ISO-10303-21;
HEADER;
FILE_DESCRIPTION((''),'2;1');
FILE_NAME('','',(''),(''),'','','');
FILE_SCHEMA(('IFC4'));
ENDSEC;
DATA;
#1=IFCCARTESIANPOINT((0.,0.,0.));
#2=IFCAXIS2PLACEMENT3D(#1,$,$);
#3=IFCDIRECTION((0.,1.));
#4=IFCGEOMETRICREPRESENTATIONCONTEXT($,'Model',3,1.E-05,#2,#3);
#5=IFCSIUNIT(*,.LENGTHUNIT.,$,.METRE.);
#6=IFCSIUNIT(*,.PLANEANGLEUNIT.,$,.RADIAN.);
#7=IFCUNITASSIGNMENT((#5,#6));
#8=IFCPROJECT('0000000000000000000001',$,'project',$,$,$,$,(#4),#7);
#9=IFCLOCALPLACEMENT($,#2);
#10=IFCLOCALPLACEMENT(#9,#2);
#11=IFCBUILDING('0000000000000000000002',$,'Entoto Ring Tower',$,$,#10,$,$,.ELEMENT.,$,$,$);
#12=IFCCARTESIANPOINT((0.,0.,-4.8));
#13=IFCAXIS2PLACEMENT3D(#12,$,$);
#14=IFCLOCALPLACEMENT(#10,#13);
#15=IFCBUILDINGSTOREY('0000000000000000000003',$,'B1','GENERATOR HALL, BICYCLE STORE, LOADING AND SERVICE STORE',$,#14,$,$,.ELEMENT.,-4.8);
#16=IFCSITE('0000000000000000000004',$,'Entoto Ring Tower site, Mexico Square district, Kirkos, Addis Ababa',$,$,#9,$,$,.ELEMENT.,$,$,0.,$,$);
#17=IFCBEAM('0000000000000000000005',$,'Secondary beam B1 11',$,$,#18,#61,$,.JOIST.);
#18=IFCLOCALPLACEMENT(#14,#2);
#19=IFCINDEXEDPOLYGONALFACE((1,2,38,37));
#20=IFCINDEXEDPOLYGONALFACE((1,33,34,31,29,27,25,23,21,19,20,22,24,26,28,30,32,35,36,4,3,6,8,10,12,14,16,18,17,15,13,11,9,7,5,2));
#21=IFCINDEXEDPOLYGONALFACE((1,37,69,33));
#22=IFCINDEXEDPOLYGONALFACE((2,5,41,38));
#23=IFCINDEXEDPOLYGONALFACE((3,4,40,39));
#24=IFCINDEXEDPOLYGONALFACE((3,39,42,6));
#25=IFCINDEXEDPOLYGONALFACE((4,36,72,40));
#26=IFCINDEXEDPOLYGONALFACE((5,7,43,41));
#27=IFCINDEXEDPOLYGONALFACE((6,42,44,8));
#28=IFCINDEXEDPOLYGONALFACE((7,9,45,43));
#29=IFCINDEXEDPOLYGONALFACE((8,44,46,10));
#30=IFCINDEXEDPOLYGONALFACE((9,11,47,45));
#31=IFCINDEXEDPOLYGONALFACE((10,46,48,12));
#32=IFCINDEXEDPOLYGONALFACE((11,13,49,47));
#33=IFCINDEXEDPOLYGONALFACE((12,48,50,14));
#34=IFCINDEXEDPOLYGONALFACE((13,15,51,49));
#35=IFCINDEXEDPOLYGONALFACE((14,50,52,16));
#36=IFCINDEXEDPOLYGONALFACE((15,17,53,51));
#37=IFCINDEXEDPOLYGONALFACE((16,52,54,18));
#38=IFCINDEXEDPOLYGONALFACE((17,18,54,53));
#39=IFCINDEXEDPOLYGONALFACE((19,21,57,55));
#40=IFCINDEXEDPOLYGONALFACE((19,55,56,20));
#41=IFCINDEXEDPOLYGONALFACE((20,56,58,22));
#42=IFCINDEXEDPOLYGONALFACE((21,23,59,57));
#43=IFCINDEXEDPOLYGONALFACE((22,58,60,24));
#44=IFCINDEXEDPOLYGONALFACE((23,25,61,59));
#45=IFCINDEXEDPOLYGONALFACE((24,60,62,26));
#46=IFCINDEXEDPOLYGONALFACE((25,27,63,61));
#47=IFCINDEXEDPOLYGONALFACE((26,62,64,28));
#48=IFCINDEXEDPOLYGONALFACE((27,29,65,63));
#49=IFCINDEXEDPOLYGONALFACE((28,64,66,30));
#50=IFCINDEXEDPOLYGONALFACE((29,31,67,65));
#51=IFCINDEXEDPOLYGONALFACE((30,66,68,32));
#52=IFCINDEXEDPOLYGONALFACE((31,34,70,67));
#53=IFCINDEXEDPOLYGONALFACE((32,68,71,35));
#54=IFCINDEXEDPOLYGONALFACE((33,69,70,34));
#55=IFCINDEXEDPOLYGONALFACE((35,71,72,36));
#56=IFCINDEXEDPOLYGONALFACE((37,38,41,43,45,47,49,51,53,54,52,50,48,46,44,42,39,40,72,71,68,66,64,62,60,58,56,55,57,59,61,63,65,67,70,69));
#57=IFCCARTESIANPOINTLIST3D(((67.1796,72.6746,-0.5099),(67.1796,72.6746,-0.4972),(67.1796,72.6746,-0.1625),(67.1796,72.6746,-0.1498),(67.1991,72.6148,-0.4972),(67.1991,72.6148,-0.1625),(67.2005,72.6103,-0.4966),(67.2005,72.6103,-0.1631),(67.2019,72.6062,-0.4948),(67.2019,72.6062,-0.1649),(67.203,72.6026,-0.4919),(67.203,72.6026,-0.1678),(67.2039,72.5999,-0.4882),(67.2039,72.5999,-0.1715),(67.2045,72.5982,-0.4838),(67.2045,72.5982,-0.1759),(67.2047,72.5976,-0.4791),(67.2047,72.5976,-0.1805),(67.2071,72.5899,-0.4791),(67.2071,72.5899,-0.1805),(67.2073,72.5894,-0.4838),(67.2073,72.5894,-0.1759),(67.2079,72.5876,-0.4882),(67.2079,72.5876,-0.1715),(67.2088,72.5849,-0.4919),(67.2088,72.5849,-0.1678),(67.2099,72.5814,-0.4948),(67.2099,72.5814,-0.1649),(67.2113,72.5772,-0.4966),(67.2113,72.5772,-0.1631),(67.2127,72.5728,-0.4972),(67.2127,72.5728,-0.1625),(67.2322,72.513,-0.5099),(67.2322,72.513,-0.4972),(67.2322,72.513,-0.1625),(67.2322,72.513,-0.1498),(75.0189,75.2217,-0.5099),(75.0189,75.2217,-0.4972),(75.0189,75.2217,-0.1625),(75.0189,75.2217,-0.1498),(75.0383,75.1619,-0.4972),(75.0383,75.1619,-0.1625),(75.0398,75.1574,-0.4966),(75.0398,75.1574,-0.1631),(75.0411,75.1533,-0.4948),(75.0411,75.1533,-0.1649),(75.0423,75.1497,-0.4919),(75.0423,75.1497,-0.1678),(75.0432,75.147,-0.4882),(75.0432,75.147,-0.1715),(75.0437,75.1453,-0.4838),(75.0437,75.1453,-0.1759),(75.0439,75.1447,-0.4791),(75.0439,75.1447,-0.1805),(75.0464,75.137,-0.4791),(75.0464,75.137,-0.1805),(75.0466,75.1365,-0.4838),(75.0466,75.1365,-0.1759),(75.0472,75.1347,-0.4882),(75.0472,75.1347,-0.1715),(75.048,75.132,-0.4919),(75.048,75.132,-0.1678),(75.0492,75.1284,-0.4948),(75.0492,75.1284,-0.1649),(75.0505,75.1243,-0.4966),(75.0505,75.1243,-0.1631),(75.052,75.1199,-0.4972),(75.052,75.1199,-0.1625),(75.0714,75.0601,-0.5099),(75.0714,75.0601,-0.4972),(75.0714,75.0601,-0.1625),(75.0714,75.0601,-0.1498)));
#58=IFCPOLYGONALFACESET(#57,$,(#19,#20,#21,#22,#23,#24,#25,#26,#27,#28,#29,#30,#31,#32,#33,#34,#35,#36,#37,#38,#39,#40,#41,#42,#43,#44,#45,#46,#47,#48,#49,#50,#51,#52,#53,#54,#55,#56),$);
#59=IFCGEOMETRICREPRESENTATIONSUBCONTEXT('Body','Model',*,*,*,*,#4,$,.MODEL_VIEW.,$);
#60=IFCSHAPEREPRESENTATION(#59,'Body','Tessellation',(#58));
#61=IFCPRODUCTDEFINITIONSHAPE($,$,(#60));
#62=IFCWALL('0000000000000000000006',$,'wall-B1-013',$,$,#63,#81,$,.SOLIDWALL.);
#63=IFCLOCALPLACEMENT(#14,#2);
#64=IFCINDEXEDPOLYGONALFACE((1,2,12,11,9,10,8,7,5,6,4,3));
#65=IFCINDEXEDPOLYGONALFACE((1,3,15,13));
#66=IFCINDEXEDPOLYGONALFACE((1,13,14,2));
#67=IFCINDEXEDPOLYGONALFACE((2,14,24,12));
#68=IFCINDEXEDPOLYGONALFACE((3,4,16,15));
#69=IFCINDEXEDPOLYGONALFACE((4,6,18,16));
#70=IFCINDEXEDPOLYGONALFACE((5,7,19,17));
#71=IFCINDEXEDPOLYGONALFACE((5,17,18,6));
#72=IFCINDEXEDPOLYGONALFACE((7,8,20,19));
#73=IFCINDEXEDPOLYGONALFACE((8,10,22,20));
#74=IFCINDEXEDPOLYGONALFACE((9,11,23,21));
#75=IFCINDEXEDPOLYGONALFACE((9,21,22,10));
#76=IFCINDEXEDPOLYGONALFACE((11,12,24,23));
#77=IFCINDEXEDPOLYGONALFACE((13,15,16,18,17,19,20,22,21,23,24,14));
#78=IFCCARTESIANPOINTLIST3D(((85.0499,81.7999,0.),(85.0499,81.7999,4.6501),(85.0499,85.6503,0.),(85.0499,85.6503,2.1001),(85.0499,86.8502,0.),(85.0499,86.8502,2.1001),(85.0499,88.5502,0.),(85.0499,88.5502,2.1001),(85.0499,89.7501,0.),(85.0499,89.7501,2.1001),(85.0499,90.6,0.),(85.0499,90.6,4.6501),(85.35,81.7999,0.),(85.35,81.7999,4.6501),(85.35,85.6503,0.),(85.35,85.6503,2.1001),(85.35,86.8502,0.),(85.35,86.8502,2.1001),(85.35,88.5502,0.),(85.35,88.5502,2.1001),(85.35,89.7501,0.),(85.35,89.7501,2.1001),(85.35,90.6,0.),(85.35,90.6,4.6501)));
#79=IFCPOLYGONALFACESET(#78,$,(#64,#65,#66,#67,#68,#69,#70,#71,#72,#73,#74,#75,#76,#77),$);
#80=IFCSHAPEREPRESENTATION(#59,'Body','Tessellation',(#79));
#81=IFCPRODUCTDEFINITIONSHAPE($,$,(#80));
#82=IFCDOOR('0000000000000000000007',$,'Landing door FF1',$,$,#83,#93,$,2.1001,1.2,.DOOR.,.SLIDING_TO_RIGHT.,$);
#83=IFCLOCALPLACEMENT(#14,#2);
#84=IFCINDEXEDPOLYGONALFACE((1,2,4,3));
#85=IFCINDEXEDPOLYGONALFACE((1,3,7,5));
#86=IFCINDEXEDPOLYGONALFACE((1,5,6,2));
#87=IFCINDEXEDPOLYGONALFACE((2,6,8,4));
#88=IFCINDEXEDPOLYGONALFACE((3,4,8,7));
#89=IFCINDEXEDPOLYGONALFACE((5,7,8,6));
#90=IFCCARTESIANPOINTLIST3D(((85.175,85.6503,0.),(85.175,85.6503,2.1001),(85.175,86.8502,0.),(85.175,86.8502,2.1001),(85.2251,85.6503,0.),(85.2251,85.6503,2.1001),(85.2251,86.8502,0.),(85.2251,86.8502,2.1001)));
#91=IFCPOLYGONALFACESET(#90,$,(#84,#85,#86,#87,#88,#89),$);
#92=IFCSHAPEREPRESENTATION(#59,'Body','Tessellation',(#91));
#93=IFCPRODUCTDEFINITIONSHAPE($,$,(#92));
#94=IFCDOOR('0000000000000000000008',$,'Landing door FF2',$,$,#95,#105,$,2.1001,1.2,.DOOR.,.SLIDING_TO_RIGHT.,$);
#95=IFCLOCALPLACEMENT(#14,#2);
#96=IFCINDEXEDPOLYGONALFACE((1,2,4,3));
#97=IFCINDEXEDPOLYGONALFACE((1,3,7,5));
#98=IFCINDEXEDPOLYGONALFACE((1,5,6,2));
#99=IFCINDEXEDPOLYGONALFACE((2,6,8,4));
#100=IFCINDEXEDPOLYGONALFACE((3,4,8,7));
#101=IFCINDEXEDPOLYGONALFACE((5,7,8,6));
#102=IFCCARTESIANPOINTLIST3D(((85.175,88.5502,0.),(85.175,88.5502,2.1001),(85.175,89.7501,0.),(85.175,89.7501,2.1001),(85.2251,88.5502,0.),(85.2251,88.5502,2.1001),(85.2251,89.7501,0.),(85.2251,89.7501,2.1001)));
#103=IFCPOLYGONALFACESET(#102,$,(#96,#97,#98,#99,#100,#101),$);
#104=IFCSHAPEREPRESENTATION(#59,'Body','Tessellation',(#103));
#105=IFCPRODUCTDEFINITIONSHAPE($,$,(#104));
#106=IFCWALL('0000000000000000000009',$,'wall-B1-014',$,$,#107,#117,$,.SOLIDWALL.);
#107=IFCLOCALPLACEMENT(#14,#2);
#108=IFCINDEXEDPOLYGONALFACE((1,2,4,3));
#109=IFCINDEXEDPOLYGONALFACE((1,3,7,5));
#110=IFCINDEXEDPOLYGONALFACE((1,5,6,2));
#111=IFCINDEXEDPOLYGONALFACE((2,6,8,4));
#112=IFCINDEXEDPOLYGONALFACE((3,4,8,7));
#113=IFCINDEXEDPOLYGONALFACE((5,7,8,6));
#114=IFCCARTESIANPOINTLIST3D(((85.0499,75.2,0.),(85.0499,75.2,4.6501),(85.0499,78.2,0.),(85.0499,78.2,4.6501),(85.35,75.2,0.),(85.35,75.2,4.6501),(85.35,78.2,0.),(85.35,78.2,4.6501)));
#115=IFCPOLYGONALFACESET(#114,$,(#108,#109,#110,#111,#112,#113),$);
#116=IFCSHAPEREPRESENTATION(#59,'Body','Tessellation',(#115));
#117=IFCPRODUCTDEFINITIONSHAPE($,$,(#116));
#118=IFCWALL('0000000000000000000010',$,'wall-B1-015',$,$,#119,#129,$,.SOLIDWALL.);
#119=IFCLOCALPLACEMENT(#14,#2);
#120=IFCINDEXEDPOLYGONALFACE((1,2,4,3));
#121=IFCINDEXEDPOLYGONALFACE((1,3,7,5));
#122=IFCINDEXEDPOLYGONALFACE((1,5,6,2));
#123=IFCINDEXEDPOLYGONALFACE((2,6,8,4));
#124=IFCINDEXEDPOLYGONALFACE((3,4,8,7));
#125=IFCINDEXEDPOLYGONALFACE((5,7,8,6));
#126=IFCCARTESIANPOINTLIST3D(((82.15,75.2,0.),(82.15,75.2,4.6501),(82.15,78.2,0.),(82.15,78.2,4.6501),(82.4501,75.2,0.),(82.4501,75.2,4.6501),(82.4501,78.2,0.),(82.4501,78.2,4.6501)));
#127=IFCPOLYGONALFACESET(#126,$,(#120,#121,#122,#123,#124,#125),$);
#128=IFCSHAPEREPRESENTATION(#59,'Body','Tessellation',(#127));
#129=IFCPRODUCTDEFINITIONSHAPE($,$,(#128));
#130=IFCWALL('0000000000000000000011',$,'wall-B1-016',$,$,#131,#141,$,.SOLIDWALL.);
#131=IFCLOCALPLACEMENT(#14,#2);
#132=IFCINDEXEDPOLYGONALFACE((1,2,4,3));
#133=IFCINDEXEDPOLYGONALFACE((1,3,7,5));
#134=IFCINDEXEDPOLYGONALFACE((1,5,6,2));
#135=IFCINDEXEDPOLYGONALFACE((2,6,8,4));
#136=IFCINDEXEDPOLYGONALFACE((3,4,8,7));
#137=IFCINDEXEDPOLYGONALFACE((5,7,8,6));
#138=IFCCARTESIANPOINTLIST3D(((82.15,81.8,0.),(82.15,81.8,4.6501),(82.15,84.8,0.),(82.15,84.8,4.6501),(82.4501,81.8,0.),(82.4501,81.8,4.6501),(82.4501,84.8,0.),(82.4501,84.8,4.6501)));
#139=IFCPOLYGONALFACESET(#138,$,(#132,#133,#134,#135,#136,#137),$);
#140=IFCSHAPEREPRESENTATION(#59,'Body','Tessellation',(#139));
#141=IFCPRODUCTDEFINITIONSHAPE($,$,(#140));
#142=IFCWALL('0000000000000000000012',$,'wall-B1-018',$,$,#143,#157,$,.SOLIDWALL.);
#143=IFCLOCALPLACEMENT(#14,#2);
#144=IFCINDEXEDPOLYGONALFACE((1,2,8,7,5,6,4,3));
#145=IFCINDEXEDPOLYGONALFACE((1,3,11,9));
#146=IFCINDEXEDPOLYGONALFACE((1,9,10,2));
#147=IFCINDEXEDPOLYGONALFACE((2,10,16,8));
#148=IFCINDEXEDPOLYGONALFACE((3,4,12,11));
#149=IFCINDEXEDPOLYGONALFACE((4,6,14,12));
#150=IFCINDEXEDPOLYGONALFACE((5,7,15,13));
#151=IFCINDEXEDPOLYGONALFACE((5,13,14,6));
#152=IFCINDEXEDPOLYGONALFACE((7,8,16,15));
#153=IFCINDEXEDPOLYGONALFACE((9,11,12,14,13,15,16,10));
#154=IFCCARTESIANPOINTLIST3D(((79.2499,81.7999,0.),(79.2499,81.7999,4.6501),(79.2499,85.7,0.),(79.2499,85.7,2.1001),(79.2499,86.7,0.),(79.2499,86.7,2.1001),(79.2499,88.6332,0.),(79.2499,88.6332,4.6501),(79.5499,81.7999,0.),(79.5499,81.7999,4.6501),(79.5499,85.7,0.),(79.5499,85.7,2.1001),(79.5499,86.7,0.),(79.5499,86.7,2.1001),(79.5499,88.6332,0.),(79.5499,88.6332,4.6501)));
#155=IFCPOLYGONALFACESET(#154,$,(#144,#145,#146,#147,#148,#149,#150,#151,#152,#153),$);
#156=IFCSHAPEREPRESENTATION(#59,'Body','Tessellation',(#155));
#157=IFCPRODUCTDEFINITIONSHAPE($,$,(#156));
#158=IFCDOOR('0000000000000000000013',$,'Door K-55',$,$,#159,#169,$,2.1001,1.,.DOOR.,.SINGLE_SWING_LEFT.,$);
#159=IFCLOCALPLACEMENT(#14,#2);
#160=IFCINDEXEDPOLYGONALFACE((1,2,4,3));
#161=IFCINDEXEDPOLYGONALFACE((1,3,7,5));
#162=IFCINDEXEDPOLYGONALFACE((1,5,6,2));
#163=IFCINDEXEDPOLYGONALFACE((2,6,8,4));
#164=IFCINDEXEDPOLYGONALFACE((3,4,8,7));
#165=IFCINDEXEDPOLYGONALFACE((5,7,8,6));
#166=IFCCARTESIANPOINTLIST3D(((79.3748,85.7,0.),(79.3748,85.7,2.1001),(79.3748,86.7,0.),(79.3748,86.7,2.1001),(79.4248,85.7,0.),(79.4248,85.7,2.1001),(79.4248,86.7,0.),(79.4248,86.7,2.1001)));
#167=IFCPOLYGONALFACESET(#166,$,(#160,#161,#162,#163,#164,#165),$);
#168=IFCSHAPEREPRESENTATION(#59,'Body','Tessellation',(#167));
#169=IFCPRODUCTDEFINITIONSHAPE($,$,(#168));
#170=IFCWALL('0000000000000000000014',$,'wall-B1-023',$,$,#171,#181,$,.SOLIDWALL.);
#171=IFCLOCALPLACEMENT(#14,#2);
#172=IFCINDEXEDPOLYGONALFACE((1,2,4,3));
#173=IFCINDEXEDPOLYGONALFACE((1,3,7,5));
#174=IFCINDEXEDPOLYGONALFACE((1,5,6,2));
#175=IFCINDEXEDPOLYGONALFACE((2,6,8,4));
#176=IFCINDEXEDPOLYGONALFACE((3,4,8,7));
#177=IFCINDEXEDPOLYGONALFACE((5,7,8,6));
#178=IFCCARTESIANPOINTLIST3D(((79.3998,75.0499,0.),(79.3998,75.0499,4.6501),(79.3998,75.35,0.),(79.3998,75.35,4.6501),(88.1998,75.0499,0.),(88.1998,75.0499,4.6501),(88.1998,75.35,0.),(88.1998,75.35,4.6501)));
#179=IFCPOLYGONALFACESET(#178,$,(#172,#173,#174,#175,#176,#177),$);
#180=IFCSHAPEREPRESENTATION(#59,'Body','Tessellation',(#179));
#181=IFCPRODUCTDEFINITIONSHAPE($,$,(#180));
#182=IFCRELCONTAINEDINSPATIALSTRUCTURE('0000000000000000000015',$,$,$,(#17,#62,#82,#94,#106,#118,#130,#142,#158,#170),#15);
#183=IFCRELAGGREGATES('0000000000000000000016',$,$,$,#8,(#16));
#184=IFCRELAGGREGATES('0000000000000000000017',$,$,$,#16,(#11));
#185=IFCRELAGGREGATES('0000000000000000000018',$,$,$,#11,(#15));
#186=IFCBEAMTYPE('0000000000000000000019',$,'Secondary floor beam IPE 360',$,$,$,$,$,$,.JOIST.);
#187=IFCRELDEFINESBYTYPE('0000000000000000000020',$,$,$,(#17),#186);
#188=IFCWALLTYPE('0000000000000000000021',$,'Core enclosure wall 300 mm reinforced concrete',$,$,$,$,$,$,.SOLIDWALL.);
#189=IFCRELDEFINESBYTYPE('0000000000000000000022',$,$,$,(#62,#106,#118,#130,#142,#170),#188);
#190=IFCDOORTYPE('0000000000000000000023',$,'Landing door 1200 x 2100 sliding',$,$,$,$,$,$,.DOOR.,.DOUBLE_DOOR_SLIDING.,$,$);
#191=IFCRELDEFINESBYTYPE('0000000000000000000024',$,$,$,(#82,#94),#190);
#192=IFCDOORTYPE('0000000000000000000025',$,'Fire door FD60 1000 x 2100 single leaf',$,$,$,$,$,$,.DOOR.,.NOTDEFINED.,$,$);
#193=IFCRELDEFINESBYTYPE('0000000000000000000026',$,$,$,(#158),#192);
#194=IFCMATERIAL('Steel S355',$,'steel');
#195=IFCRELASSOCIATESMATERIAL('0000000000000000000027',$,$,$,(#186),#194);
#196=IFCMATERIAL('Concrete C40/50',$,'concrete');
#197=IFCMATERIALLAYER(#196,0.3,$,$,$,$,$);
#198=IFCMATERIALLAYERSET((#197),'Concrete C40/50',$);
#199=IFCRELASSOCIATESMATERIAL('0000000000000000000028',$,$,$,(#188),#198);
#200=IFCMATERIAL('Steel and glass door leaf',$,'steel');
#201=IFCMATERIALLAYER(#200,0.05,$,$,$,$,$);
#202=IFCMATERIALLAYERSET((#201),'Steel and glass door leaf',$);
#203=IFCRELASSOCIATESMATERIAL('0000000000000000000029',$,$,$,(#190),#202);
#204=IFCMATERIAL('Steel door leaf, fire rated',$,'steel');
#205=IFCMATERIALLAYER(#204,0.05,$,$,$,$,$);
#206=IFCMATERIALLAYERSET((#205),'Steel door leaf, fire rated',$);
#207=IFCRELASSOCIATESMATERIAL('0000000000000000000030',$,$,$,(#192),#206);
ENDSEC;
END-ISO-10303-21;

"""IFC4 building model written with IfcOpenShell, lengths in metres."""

from ifc_helpers import new_model, si_unit, direction, frame, frame_2d, origin, origin_2d, place, context, subcontext, project, spatial, rectangle, i_section, extrude, material, layer, layer_set, material_profile, profile_set, type_object, element, fill, save


model = new_model("IFC4")

# Units and contexts
model_context = context("Model", 3, precision=1e-05, world=origin(), true_north=direction((0.0, 1.0)))
body_context = subcontext(model_context, "Body", "Model", "MODEL_VIEW")
ifc_project = project(units=[si_unit("LENGTHUNIT", "METRE"), si_unit("PLANEANGLEUNIT", "RADIAN")], contexts=[model_context])

# Site, building, storey
site_placement = place(None, origin())
site = spatial("IfcSite", under=ifc_project, at=site_placement, Name="Entoto Ring Tower site, Mexico Square district, Kirkos, Addis Ababa", CompositionType="ELEMENT", RefElevation=0.0)
building_placement = place(site_placement, origin())
building = spatial("IfcBuilding", under=site, at=building_placement, Name="Entoto Ring Tower", CompositionType="ELEMENT")
storey_placement = place(building_placement, frame((0.0, 0.0, -4.8)))
storey = spatial("IfcBuildingStorey", under=building, at=storey_placement, Name="B1", Description="GENERATOR HALL, BICYCLE STORE, LOADING AND SERVICE STORE", CompositionType="ELEMENT", Elevation=-4.8)

# Beam
ifc_material_1 = material(Name="Steel S355", Category="steel")
ifc_material_profile_1 = material_profile(ifc_material_1, i_section(OverallWidth=0.1699, OverallDepth=0.3601, WebThickness=0.0081, FlangeThickness=0.0127, FilletRadius=0.0181, at=origin_2d()), Name="IPE 360")
ifc_profile_set_1 = profile_set([ifc_material_profile_1], Name="Steel S355")
beam_type_1 = type_object("IfcBeamType", Name="Secondary floor beam IPE 360", PredefinedType="JOIST", material=ifc_profile_set_1)
beam_1_placement = place(storey_placement, frame((75.0452, 75.1409, -0.3298), z_axis=(-0.951058, -0.309012, 0.0), x_axis=(0.309012, -0.951058, 0.0)))
element("IfcBeam", 1, at=beam_1_placement, inside=storey, type_object=beam_type_1, Name="Secondary beam B1 11", PredefinedType="JOIST", context=body_context, shape_type="SweptSolid", body=[
    extrude(i_section(OverallWidth=0.1699, OverallDepth=0.3601, WebThickness=0.0081, FlangeThickness=0.0127, FilletRadius=0.0181, at=origin_2d()), origin(), (0.0, 0.0, 1.0), 8.2427),
])

# Wall, openings, doors
ifc_material_2 = material(Name="Concrete C40/50", Category="concrete")
ifc_layer_1 = layer(ifc_material_2, 0.3)
ifc_layer_set_1 = layer_set([ifc_layer_1], Name="Concrete C40/50")
wall_type_1 = type_object("IfcWallType", Name="Core enclosure wall 300 mm reinforced concrete", PredefinedType="SOLIDWALL", material=ifc_layer_set_1)
wall_1_placement = place(storey_placement, frame((85.2, 81.8, 0.0), z_axis=(0.0, 0.0, 1.0), x_axis=(0.0, 1.0, 0.0)))
wall_1 = element("IfcWall", 2, at=wall_1_placement, inside=storey, type_object=wall_type_1, Name="wall-B1-013", PredefinedType="SOLIDWALL", context=body_context, shape_type="SweptSolid", body=[
    extrude(rectangle(XDim=8.8, YDim=0.3, at=frame_2d((4.3999, 0.0))), origin(), (0.0, 0.0, 1.0), 4.6501),
])
opening_1_placement = place(wall_1_placement, frame((3.8501, 0.0, 0.0)))
opening_1 = element("IfcOpeningElement", 3, at=opening_1_placement, cuts=wall_1, PredefinedType="OPENING", context=body_context, shape_type="SweptSolid", body=[
    extrude(rectangle(XDim=1.2, YDim=2.1001, at=frame_2d((0.6001, 1.05))), frame((0.0, 0.1602, 0.0), z_axis=(0.0, -1.0, 0.0), x_axis=(1.0, 0.0, 0.0)), (0.0, 0.0, 1.0), 0.3201),
])
opening_2_placement = place(wall_1_placement, frame((6.75, 0.0, 0.0)))
opening_2 = element("IfcOpeningElement", 4, at=opening_2_placement, cuts=wall_1, PredefinedType="OPENING", context=body_context, shape_type="SweptSolid", body=[
    extrude(rectangle(XDim=1.2, YDim=2.1001, at=frame_2d((0.6001, 1.05))), frame((0.0, 0.1602, 0.0), z_axis=(0.0, -1.0, 0.0), x_axis=(1.0, 0.0, 0.0)), (0.0, 0.0, 1.0), 0.3201),
])
ifc_material_3 = material(Name="Steel and glass door leaf", Category="steel")
ifc_layer_2 = layer(ifc_material_3, 0.05)
ifc_layer_set_2 = layer_set([ifc_layer_2], Name="Steel and glass door leaf")
door_type_1 = type_object("IfcDoorType", Name="Landing door 1200 x 2100 sliding", OperationType="DOUBLE_DOOR_SLIDING", PredefinedType="DOOR", material=ifc_layer_set_2)
door_1_placement = place(opening_1_placement, origin())
door_1 = element("IfcDoor", 5, at=door_1_placement, inside=storey, type_object=door_type_1, Name="Landing door FF1", OperationType="SLIDING_TO_RIGHT", OverallHeight=2.1001, OverallWidth=1.2, PredefinedType="DOOR", context=body_context, shape_type="SweptSolid", body=[
    extrude(rectangle(XDim=1.2, YDim=2.1001, at=frame_2d((0.6001, 1.05))), frame((0.0, 0.0249, 0.0), z_axis=(0.0, -1.0, 0.0), x_axis=(1.0, 0.0, 0.0)), (0.0, 0.0, 1.0), 0.05),
])
fill(opening_1, door_1)
door_2_placement = place(opening_2_placement, origin())
door_2 = element("IfcDoor", 6, at=door_2_placement, inside=storey, type_object=door_type_1, Name="Landing door FF2", OperationType="SLIDING_TO_RIGHT", OverallHeight=2.1001, OverallWidth=1.2, PredefinedType="DOOR", context=body_context, shape_type="SweptSolid", body=[
    extrude(rectangle(XDim=1.2, YDim=2.1001, at=frame_2d((0.6001, 1.05))), frame((0.0, 0.0249, 0.0), z_axis=(0.0, -1.0, 0.0), x_axis=(1.0, 0.0, 0.0)), (0.0, 0.0, 1.0), 0.05),
])
fill(opening_2, door_2)

# Walls
for number, where, z_axis, x_axis, name in (
    (7, (85.2, 75.2, 0.0), (0.0, 0.0, 1.0), (0.0, 1.0, 0.0), "wall-B1-014"),
    (8, (82.3, 75.2, 0.0), (0.0, 0.0, 1.0), (0.0, 1.0, 0.0), "wall-B1-015"),
    (9, (82.3, 81.8, 0.0), (0.0, 0.0, 1.0), (0.0, 1.0, 0.0), "wall-B1-016"),
):
    element("IfcWall", number, at=place(storey_placement, frame(where, z_axis=z_axis, x_axis=x_axis)), inside=storey, type_object=wall_type_1, Name=name, PredefinedType="SOLIDWALL", context=body_context, shape_type="SweptSolid", body=[
        extrude(rectangle(XDim=3.0, YDim=0.3, at=frame_2d((1.5, 0.0))), origin(), (0.0, 0.0, 1.0), 4.6501),
    ])

# Wall, opening, door
wall_2_placement = place(storey_placement, frame((79.3999, 81.8, 0.0), z_axis=(0.0, 0.0, 1.0), x_axis=(0.0, 1.0, 0.0)))
wall_2 = element("IfcWall", 10, at=wall_2_placement, inside=storey, type_object=wall_type_1, Name="wall-B1-018", PredefinedType="SOLIDWALL", context=body_context, shape_type="SweptSolid", body=[
    extrude(rectangle(XDim=6.8333, YDim=0.3, at=frame_2d((3.4165, 0.0))), origin(), (0.0, 0.0, 1.0), 4.6501),
])
opening_3_placement = place(wall_2_placement, frame((3.8999, 0.0, 0.0)))
opening_3 = element("IfcOpeningElement", 11, at=opening_3_placement, cuts=wall_2, PredefinedType="OPENING", context=body_context, shape_type="SweptSolid", body=[
    extrude(rectangle(XDim=1.0, YDim=2.1001, at=frame_2d((0.5, 1.05))), frame((0.0, 0.1602, 0.0), z_axis=(0.0, -1.0, 0.0), x_axis=(1.0, 0.0, 0.0)), (0.0, 0.0, 1.0), 0.3201),
])
ifc_material_4 = material(Name="Steel door leaf, fire rated", Category="steel")
ifc_layer_3 = layer(ifc_material_4, 0.05)
ifc_layer_set_3 = layer_set([ifc_layer_3], Name="Steel door leaf, fire rated")
door_type_2 = type_object("IfcDoorType", Name="Fire door FD60 1000 x 2100 single leaf", OperationType="NOTDEFINED", PredefinedType="DOOR", material=ifc_layer_set_3)
door_3_placement = place(opening_3_placement, frame((1.0, 0.0, 0.0), z_axis=(0.0, 0.0, 1.0), x_axis=(-1.0, 0.0, 0.0)))
door_3 = element("IfcDoor", 12, at=door_3_placement, inside=storey, type_object=door_type_2, Name="Door K-55", OperationType="SINGLE_SWING_LEFT", OverallHeight=2.1001, OverallWidth=1.0, PredefinedType="DOOR", context=body_context, shape_type="SweptSolid", body=[
    extrude(rectangle(XDim=1.0, YDim=2.1001, at=frame_2d((0.5, 1.05))), frame((0.0, 0.0249, 0.0), z_axis=(0.0, -1.0, 0.0), x_axis=(1.0, 0.0, 0.0)), (0.0, 0.0, 1.0), 0.05),
])
fill(opening_3, door_3)

# Wall
for number, where, z_axis, x_axis, name in (
    (13, (79.3999, 75.2, 0.0), (0.0, 0.0, 1.0), (1.0, 0.0, 0.0), "wall-B1-023"),
):
    element("IfcWall", number, at=place(storey_placement, frame(where, z_axis=z_axis, x_axis=x_axis)), inside=storey, type_object=wall_type_1, Name=name, PredefinedType="SOLIDWALL", context=body_context, shape_type="SweptSolid", body=[
        extrude(rectangle(XDim=8.8, YDim=0.3, at=frame_2d((4.3999, 0.0))), origin(), (0.0, 0.0, 1.0), 4.6501),
    ])

save(model, "model.ifc")
